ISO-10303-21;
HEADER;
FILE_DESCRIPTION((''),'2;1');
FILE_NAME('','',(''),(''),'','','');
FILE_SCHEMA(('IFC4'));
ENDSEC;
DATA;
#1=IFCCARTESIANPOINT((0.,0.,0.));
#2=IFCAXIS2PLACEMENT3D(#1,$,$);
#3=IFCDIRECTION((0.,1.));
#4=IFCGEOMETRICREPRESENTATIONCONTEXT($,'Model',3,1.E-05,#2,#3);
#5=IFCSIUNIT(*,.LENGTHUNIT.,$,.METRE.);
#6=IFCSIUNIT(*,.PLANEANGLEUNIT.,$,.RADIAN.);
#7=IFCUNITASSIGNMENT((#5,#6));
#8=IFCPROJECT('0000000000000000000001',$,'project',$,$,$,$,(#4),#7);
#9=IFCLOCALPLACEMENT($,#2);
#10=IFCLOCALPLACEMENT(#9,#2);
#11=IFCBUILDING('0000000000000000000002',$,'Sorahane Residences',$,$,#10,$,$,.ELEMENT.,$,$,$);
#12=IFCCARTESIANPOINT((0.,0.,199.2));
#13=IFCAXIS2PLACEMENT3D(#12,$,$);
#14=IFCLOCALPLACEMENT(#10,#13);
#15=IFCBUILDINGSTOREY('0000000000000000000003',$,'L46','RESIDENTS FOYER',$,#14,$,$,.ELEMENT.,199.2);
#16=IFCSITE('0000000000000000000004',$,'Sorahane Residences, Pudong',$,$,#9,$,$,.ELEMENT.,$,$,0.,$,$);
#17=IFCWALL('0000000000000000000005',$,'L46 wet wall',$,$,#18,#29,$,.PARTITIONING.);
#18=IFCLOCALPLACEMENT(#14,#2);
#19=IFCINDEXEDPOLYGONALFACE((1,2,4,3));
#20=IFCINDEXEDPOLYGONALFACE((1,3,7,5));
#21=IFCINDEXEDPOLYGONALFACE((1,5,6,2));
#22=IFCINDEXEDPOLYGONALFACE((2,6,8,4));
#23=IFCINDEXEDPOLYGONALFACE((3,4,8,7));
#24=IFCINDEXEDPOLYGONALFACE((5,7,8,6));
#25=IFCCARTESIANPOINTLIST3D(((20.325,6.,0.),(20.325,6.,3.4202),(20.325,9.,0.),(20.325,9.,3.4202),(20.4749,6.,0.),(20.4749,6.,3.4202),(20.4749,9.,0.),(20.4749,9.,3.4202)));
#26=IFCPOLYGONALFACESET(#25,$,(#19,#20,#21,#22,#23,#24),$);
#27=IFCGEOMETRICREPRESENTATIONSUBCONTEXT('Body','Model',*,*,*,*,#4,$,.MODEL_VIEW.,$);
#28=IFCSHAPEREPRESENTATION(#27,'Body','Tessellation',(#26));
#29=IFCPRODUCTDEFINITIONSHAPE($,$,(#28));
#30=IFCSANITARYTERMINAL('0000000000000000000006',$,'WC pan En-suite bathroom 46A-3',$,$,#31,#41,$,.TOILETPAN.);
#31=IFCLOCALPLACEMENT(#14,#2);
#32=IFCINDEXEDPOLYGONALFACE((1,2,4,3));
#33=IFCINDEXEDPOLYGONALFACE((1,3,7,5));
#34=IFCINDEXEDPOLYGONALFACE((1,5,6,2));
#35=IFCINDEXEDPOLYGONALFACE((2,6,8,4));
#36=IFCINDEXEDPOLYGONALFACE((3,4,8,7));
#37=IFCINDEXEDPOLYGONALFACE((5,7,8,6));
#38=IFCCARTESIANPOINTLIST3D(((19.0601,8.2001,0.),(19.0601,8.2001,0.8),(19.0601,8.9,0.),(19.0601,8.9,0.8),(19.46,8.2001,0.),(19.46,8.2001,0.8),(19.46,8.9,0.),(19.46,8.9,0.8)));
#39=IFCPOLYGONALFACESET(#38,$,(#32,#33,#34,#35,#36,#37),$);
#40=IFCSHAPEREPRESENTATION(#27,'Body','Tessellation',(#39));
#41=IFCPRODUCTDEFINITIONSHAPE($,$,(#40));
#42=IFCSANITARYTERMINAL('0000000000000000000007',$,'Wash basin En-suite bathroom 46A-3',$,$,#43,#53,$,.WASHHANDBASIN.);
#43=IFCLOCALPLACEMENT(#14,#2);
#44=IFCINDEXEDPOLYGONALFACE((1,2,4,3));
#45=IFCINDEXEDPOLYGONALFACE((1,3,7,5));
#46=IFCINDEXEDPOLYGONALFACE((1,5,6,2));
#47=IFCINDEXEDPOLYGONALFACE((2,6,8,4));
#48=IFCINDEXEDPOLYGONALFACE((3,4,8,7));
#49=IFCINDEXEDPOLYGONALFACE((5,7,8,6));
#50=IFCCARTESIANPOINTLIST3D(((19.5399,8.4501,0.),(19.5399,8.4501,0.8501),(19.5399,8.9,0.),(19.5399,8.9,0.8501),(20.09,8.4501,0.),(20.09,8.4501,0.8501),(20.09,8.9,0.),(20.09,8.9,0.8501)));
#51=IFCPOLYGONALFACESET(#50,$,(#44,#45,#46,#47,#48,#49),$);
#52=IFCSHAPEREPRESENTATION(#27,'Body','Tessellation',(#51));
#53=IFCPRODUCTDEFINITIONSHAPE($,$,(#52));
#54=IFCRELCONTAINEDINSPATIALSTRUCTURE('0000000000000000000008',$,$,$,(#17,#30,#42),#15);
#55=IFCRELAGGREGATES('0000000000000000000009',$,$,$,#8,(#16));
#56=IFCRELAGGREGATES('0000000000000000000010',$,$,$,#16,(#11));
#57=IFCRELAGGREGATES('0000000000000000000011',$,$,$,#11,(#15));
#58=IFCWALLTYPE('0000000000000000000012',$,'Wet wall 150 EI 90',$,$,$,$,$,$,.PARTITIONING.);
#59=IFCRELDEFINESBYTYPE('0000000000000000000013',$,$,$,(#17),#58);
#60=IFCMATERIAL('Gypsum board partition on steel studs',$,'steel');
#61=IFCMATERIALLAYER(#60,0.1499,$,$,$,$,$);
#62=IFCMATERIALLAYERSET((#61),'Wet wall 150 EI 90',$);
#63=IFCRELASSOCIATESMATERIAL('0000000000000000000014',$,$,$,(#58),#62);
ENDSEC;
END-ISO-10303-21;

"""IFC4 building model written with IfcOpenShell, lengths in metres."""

from ifc_helpers import new_model, si_unit, direction, frame, frame_2d, origin, origin_2d, place, context, subcontext, project, spatial, rectangle, extrude, material, layer, layer_set, type_object, element, save


model = new_model("IFC4")

# Units and contexts
model_context = context("Model", 3, precision=1e-05, world=origin(), true_north=direction((0.0, 1.0)))
body_context = subcontext(model_context, "Body", "Model", "MODEL_VIEW")
ifc_project = project(units=[si_unit("LENGTHUNIT", "METRE"), si_unit("PLANEANGLEUNIT", "RADIAN")], contexts=[model_context])

# Site, building, storey
site_placement = place(None, origin())
site = spatial("IfcSite", under=ifc_project, at=site_placement, Name="Sorahane Residences, Pudong", CompositionType="ELEMENT", RefElevation=0.0)
building_placement = place(site_placement, origin())
building = spatial("IfcBuilding", under=site, at=building_placement, Name="Sorahane Residences", CompositionType="ELEMENT")
storey_placement = place(building_placement, frame((0.0, 0.0, 199.2)))
storey = spatial("IfcBuildingStorey", under=building, at=storey_placement, Name="L46", Description="RESIDENTS FOYER", CompositionType="ELEMENT", Elevation=199.2)

# Wall
ifc_material_1 = material(Name="Gypsum board partition on steel studs", Category="steel")
ifc_layer_1 = layer(ifc_material_1, 0.1499)
ifc_layer_set_1 = layer_set([ifc_layer_1], Name="Wet wall 150 EI 90")
wall_type_1 = type_object("IfcWallType", Name="Wet wall 150 EI 90", PredefinedType="PARTITIONING", material=ifc_layer_set_1)
wall_1_placement = place(storey_placement, frame((20.3999, 6.0, 0.0), z_axis=(0.0, 0.0, 1.0), x_axis=(0.0, 1.0, 0.0)))
element("IfcWall", 1, at=wall_1_placement, inside=storey, type_object=wall_type_1, Name="L46 wet wall", PredefinedType="PARTITIONING", context=body_context, shape_type="SweptSolid", body=[
    extrude(rectangle(XDim=3.0, YDim=0.1499, at=frame_2d((1.5, 0.0))), origin(), (0.0, 0.0, 1.0), 3.4202),
])

# Sanitary terminals
sanitary_terminal_1_placement = place(storey_placement, frame((19.26, 8.55, 0.0), z_axis=(0.0, 0.0, 1.0), x_axis=(1.0, 0.0, 0.0)))
element("IfcSanitaryTerminal", 2, at=sanitary_terminal_1_placement, inside=storey, Name="WC pan En-suite bathroom 46A-3", PredefinedType="TOILETPAN", context=body_context, shape_type="SweptSolid", body=[
    extrude(rectangle(XDim=0.3999, YDim=0.7, at=origin_2d()), origin(), (0.0, 0.0, 1.0), 0.8),
])
sanitary_terminal_2_placement = place(storey_placement, frame((19.8149, 8.675, 0.0), z_axis=(0.0, 0.0, 1.0), x_axis=(1.0, 0.0, 0.0)))
element("IfcSanitaryTerminal", 3, at=sanitary_terminal_2_placement, inside=storey, Name="Wash basin En-suite bathroom 46A-3", PredefinedType="WASHHANDBASIN", context=body_context, shape_type="SweptSolid", body=[
    extrude(rectangle(XDim=0.55, YDim=0.45, at=origin_2d()), origin(), (0.0, 0.0, 1.0), 0.8501),
])

save(model, "model.ifc")
